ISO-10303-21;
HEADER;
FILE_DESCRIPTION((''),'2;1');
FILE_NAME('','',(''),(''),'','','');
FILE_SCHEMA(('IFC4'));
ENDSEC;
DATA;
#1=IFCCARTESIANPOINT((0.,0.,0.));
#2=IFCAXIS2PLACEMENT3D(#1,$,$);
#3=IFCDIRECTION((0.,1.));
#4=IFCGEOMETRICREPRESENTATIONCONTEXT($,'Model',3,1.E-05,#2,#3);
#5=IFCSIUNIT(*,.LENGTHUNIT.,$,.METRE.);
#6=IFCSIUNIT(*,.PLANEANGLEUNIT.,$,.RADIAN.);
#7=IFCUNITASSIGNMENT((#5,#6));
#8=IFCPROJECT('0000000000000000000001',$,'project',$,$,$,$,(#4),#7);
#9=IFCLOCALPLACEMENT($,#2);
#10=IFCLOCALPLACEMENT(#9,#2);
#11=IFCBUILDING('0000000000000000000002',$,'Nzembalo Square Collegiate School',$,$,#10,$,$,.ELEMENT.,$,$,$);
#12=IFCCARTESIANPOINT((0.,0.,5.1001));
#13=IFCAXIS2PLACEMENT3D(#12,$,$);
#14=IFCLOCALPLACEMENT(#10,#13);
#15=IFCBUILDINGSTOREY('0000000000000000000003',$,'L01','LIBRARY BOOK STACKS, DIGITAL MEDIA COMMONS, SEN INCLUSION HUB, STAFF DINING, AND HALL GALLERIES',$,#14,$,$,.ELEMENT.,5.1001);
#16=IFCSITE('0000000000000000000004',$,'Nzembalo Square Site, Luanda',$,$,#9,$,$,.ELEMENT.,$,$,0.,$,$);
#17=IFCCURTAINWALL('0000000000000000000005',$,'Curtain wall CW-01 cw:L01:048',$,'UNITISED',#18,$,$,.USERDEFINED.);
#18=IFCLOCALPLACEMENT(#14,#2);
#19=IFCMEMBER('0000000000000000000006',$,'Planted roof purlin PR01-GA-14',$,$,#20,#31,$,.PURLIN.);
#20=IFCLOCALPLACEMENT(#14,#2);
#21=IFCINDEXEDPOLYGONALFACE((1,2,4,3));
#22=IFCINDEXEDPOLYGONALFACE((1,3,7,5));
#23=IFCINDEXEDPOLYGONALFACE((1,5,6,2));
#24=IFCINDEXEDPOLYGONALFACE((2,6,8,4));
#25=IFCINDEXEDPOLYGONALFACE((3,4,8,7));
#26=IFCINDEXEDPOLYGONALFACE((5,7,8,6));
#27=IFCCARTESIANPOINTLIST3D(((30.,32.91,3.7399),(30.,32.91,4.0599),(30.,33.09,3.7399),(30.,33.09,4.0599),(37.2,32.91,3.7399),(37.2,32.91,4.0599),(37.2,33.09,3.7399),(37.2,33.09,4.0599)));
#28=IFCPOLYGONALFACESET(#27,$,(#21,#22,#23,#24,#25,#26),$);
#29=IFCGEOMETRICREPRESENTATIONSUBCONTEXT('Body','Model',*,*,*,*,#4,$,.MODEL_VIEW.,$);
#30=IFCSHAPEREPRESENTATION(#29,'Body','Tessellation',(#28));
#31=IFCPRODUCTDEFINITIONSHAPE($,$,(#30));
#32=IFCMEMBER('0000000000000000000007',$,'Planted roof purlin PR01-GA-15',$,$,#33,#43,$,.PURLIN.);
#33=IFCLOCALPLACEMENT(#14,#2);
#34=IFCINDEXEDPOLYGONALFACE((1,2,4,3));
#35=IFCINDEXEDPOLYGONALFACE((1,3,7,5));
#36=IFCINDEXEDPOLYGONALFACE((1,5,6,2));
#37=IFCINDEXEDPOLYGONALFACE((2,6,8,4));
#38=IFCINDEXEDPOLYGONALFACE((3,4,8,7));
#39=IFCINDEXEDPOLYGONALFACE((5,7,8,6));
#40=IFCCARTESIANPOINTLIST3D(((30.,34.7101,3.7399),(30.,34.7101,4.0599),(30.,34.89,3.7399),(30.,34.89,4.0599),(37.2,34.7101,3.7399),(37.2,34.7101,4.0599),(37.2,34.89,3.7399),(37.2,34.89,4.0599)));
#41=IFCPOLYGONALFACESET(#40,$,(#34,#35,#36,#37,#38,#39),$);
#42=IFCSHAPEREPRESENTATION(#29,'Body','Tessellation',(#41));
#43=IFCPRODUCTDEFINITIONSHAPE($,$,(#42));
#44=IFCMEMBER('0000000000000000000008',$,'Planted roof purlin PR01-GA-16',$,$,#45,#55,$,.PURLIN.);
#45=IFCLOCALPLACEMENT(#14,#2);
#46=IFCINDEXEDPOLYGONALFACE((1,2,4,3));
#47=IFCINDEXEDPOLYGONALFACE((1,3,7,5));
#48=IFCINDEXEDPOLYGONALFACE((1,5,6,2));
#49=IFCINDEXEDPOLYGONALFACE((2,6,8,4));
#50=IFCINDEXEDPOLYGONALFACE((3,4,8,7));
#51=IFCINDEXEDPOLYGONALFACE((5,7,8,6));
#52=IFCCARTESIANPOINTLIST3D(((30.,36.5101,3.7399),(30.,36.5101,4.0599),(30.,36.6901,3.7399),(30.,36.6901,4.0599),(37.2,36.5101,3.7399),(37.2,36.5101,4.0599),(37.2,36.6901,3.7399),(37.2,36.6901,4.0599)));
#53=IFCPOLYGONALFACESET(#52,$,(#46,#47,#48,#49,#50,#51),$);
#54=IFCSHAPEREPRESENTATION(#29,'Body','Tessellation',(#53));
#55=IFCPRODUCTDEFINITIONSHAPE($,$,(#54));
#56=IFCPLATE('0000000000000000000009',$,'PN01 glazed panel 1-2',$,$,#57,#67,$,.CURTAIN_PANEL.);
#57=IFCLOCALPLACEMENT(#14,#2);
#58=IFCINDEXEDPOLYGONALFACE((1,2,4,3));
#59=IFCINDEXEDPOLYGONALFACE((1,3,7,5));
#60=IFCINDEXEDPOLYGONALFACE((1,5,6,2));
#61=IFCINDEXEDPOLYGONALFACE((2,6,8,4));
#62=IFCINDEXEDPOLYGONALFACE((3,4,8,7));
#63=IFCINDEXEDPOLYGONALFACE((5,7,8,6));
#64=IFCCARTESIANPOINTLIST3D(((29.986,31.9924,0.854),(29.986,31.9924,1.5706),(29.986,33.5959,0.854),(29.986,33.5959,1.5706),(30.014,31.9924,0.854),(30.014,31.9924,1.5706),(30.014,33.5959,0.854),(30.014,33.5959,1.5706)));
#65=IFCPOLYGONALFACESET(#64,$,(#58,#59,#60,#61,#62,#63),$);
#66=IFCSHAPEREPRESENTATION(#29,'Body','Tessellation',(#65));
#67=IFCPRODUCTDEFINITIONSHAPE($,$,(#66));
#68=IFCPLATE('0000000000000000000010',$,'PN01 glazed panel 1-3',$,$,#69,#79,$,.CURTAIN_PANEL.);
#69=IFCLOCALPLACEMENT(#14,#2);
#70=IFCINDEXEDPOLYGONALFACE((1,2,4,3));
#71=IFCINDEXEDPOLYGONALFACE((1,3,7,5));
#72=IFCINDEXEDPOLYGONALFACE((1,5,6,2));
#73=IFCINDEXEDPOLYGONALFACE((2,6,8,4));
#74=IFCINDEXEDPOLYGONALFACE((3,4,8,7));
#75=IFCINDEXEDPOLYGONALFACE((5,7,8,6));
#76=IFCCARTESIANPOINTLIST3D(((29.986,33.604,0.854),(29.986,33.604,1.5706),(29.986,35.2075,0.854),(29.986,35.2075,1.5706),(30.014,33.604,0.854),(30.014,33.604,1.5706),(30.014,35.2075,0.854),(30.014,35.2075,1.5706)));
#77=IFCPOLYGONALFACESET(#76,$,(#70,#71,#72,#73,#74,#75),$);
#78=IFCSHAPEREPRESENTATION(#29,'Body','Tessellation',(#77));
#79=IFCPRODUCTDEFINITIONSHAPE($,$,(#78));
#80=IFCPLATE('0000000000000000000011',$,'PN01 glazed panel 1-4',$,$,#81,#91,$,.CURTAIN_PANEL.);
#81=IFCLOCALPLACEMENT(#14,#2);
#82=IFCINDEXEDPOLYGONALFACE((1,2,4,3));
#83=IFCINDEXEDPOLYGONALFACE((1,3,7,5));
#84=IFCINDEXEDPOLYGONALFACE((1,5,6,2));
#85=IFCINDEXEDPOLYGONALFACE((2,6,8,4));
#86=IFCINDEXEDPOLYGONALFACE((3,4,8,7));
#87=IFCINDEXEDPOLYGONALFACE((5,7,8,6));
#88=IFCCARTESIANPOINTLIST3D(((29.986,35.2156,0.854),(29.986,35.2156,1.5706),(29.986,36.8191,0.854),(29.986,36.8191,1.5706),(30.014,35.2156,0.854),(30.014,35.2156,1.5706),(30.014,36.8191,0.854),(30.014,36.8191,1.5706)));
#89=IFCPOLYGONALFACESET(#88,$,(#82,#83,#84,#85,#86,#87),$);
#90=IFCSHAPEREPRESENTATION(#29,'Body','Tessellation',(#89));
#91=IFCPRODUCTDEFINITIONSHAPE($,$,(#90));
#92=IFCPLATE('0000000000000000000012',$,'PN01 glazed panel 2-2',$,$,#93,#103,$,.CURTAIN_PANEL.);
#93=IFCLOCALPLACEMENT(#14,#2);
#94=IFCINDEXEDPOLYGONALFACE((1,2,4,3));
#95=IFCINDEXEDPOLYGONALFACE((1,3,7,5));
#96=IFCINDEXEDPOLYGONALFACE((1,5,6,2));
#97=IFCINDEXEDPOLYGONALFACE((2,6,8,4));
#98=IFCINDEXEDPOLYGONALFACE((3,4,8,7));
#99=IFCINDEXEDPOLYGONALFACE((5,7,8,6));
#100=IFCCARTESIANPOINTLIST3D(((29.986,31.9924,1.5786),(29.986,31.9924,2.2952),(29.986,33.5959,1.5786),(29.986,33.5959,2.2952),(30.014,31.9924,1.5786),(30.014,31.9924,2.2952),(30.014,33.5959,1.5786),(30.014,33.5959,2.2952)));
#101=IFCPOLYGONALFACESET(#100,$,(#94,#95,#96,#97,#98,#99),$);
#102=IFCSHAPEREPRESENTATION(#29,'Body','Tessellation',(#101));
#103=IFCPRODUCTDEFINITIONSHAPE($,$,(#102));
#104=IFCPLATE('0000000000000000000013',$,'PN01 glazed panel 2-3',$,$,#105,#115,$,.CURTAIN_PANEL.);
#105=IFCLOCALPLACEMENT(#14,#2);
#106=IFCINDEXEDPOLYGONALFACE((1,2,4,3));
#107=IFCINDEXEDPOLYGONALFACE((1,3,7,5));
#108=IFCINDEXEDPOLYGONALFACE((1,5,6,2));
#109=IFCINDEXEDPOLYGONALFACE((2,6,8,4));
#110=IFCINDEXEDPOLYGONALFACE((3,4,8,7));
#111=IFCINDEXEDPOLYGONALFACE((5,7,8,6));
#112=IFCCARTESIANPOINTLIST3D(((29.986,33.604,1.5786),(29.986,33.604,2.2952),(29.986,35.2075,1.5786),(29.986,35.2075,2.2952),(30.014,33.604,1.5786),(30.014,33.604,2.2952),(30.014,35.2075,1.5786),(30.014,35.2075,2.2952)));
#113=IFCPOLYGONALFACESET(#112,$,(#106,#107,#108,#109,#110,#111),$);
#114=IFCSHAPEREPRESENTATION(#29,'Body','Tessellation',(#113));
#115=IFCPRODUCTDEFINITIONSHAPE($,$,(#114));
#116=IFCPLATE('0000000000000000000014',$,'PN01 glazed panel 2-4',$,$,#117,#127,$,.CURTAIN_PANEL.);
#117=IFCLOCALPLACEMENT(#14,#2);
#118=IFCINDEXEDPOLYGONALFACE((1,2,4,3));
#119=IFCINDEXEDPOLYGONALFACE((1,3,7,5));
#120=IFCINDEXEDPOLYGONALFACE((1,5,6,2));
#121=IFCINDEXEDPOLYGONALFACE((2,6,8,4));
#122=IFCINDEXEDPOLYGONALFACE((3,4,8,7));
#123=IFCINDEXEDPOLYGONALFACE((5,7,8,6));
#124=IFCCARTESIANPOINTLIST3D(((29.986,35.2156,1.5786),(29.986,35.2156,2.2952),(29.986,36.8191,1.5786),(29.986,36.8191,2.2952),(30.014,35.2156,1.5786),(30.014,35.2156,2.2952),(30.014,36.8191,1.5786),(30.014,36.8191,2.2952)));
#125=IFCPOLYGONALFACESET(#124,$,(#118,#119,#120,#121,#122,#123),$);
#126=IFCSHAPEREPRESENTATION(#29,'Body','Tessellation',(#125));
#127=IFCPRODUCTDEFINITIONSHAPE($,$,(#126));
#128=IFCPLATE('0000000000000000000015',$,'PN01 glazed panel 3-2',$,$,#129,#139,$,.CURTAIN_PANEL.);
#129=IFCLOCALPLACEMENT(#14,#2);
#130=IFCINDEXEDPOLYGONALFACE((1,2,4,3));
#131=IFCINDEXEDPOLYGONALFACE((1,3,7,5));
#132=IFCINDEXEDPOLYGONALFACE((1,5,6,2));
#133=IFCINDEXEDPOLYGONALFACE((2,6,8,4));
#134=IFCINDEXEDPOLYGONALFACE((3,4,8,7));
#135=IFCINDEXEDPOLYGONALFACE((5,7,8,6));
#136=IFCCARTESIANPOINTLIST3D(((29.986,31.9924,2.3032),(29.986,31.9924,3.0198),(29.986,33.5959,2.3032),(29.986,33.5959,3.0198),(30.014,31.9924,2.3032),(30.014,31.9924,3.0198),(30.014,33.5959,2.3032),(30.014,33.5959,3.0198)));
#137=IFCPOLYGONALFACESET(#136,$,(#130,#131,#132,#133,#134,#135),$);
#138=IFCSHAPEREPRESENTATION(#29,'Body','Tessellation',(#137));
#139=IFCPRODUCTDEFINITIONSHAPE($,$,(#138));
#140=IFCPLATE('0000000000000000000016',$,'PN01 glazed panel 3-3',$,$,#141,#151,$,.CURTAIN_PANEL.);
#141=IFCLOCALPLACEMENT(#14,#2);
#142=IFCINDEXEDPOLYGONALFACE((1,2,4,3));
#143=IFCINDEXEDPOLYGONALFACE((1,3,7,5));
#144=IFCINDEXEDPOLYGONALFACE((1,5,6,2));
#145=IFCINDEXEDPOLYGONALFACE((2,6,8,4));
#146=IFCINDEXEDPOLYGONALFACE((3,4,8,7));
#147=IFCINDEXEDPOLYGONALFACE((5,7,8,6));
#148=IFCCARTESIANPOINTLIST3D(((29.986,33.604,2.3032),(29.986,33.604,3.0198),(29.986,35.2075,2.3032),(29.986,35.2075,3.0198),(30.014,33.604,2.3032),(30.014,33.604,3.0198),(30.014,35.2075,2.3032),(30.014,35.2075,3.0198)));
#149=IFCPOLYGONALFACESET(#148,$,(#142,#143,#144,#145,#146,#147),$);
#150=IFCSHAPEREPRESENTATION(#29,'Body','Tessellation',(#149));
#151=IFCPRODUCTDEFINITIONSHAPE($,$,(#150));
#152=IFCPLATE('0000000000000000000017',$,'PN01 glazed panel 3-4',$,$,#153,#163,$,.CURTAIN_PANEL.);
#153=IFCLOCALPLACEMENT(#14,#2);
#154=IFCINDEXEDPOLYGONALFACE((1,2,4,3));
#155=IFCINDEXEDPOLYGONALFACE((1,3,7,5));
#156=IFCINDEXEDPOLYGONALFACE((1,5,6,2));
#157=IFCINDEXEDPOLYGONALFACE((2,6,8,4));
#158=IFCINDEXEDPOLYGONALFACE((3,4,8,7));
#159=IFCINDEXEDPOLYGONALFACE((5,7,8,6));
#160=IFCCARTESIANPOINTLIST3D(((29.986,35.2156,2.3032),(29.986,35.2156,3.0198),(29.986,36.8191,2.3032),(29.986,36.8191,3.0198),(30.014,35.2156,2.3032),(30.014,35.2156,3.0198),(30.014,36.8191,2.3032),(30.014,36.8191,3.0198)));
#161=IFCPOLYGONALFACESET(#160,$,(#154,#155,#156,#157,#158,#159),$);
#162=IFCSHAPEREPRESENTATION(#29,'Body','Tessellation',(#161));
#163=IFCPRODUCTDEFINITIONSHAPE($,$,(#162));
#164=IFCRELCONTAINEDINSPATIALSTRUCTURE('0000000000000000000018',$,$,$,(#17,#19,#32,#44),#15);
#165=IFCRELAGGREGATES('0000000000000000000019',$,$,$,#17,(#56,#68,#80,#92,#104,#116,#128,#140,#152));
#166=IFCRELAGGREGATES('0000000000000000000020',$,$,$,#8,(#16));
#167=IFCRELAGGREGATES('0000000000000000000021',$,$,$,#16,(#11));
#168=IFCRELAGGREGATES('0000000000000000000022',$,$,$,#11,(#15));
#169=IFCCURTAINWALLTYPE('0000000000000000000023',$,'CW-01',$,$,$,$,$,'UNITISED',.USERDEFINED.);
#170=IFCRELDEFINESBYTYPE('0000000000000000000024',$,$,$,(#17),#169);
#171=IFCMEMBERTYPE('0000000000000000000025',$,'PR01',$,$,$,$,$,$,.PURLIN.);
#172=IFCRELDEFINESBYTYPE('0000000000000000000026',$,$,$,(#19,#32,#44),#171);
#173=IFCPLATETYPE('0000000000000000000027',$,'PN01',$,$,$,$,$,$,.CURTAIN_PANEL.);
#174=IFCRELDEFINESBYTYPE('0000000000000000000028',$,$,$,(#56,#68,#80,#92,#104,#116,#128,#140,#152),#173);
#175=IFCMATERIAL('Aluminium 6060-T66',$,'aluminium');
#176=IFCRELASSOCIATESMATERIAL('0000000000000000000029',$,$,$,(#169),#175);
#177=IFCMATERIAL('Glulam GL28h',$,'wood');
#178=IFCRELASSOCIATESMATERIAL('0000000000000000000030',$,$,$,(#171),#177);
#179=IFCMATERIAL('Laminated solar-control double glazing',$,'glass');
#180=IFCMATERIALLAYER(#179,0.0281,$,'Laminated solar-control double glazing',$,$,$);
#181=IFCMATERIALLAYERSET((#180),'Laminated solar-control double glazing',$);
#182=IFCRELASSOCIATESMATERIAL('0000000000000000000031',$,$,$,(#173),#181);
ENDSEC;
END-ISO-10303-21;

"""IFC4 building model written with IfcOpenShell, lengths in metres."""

from ifc_helpers import new_model, si_unit, direction, frame, origin, origin_2d, place, context, subcontext, project, spatial, rectangle, extrude, material, layer, layer_set, material_profile, profile_set, type_object, element, aggregate, save


model = new_model("IFC4")

# Units and contexts
model_context = context("Model", 3, precision=1e-05, world=origin(), true_north=direction((0.0, 1.0)))
body_context = subcontext(model_context, "Body", "Model", "MODEL_VIEW")
ifc_project = project(units=[si_unit("LENGTHUNIT", "METRE"), si_unit("PLANEANGLEUNIT", "RADIAN")], contexts=[model_context])

# Site, building, storey
site_placement = place(None, origin())
site = spatial("IfcSite", under=ifc_project, at=site_placement, Name="Nzembalo Square Site, Luanda", CompositionType="ELEMENT", RefElevation=0.0)
building_placement = place(site_placement, origin())
building = spatial("IfcBuilding", under=site, at=building_placement, Name="Nzembalo Square Collegiate School", CompositionType="ELEMENT")
storey_placement = place(building_placement, frame((0.0, 0.0, 5.1001)))
storey = spatial("IfcBuildingStorey", under=building, at=storey_placement, Name="L01", Description="LIBRARY BOOK STACKS, DIGITAL MEDIA COMMONS, SEN INCLUSION HUB, STAFF DINING, AND HALL GALLERIES", CompositionType="ELEMENT", Elevation=5.1001)

# Curtain wall
ifc_material_1 = material(Name="Aluminium 6060-T66", Category="aluminium")
curtain_wall_type = type_object("IfcCurtainWallType", Name="CW-01", ElementType="UNITISED", PredefinedType="USERDEFINED", material=ifc_material_1)
curtain_wall_placement = place(storey_placement, origin())
curtain_wall = element("IfcCurtainWall", 1, at=curtain_wall_placement, inside=storey, type_object=curtain_wall_type, Name="Curtain wall CW-01 cw:L01:048", ObjectType="UNITISED", PredefinedType="USERDEFINED")

# Members
ifc_material_2 = material(Name="Glulam GL28h", Category="wood")
ifc_material_profile_1 = material_profile(ifc_material_2, rectangle(XDim=0.1799, YDim=0.3201, at=origin_2d()), Name="GL28h 180x320")
ifc_profile_set_1 = profile_set([ifc_material_profile_1], Name="Glulam GL28h")
member_type_1 = type_object("IfcMemberType", Name="PR01", PredefinedType="PURLIN", material=ifc_profile_set_1)
for number, where, z_axis, x_axis, name in (
    (2, (30.0, 33.0, 3.8999), (1.0, 0.0, 0.0), (0.0, 1.0, 0.0), "Planted roof purlin PR01-GA-14"),
    (3, (30.0, 34.8, 3.8999), (1.0, 0.0, 0.0), (0.0, 1.0, 0.0), "Planted roof purlin PR01-GA-15"),
    (4, (30.0, 36.6001, 3.8999), (1.0, 0.0, 0.0), (0.0, 1.0, 0.0), "Planted roof purlin PR01-GA-16"),
):
    element("IfcMember", number, at=place(storey_placement, frame(where, z_axis=z_axis, x_axis=x_axis)), inside=storey, type_object=member_type_1, Name=name, PredefinedType="PURLIN", context=body_context, shape_type="SweptSolid", body=[
        extrude(rectangle(XDim=0.1799, YDim=0.3201, at=origin_2d()), origin(), (0.0, 0.0, 1.0), 7.2),
    ])

# Plates
ifc_material_3 = material(Name="Laminated solar-control double glazing", Category="glass")
ifc_layer = layer(ifc_material_3, 0.0281, Name="Laminated solar-control double glazing")
ifc_layer_set = layer_set([ifc_layer], Name="Laminated solar-control double glazing")
plate_type = type_object("IfcPlateType", Name="PN01", PredefinedType="CURTAIN_PANEL", material=ifc_layer_set)
plate_1_placement = place(storey_placement, frame((30.0, 32.7942, 0.854), z_axis=(0.0, 0.0, 1.0), x_axis=(0.0, 1.0, 0.0)))
plate_1 = element("IfcPlate", 5, at=plate_1_placement, type_object=plate_type, Name="PN01 glazed panel 1-2", PredefinedType="CURTAIN_PANEL", context=body_context, shape_type="SweptSolid", body=[
    extrude(rectangle(XDim=1.6035, YDim=0.0281, at=origin_2d()), origin(), (0.0, 0.0, 1.0), 0.7166),
])
plate_2_placement = place(storey_placement, frame((30.0, 34.4058, 0.854), z_axis=(0.0, 0.0, 1.0), x_axis=(0.0, 1.0, 0.0)))
plate_2 = element("IfcPlate", 6, at=plate_2_placement, type_object=plate_type, Name="PN01 glazed panel 1-3", PredefinedType="CURTAIN_PANEL", context=body_context, shape_type="SweptSolid", body=[
    extrude(rectangle(XDim=1.6035, YDim=0.0281, at=origin_2d()), origin(), (0.0, 0.0, 1.0), 0.7166),
])
plate_3_placement = place(storey_placement, frame((30.0, 36.0173, 0.854), z_axis=(0.0, 0.0, 1.0), x_axis=(0.0, 1.0, 0.0)))
plate_3 = element("IfcPlate", 7, at=plate_3_placement, type_object=plate_type, Name="PN01 glazed panel 1-4", PredefinedType="CURTAIN_PANEL", context=body_context, shape_type="SweptSolid", body=[
    extrude(rectangle(XDim=1.6035, YDim=0.0281, at=origin_2d()), origin(), (0.0, 0.0, 1.0), 0.7166),
])
plate_4_placement = place(storey_placement, frame((30.0, 32.7942, 1.5786), z_axis=(0.0, 0.0, 1.0), x_axis=(0.0, 1.0, 0.0)))
plate_4 = element("IfcPlate", 8, at=plate_4_placement, type_object=plate_type, Name="PN01 glazed panel 2-2", PredefinedType="CURTAIN_PANEL", context=body_context, shape_type="SweptSolid", body=[
    extrude(rectangle(XDim=1.6035, YDim=0.0281, at=origin_2d()), origin(), (0.0, 0.0, 1.0), 0.7166),
])
plate_5_placement = place(storey_placement, frame((30.0, 34.4058, 1.5786), z_axis=(0.0, 0.0, 1.0), x_axis=(0.0, 1.0, 0.0)))
plate_5 = element("IfcPlate", 9, at=plate_5_placement, type_object=plate_type, Name="PN01 glazed panel 2-3", PredefinedType="CURTAIN_PANEL", context=body_context, shape_type="SweptSolid", body=[
    extrude(rectangle(XDim=1.6035, YDim=0.0281, at=origin_2d()), origin(), (0.0, 0.0, 1.0), 0.7166),
])
plate_6_placement = place(storey_placement, frame((30.0, 36.0173, 1.5786), z_axis=(0.0, 0.0, 1.0), x_axis=(0.0, 1.0, 0.0)))
plate_6 = element("IfcPlate", 10, at=plate_6_placement, type_object=plate_type, Name="PN01 glazed panel 2-4", PredefinedType="CURTAIN_PANEL", context=body_context, shape_type="SweptSolid", body=[
    extrude(rectangle(XDim=1.6035, YDim=0.0281, at=origin_2d()), origin(), (0.0, 0.0, 1.0), 0.7166),
])
plate_7_placement = place(storey_placement, frame((30.0, 32.7942, 2.3032), z_axis=(0.0, 0.0, 1.0), x_axis=(0.0, 1.0, 0.0)))
plate_7 = element("IfcPlate", 11, at=plate_7_placement, type_object=plate_type, Name="PN01 glazed panel 3-2", PredefinedType="CURTAIN_PANEL", context=body_context, shape_type="SweptSolid", body=[
    extrude(rectangle(XDim=1.6035, YDim=0.0281, at=origin_2d()), origin(), (0.0, 0.0, 1.0), 0.7166),
])
plate_8_placement = place(storey_placement, frame((30.0, 34.4058, 2.3032), z_axis=(0.0, 0.0, 1.0), x_axis=(0.0, 1.0, 0.0)))
plate_8 = element("IfcPlate", 12, at=plate_8_placement, type_object=plate_type, Name="PN01 glazed panel 3-3", PredefinedType="CURTAIN_PANEL", context=body_context, shape_type="SweptSolid", body=[
    extrude(rectangle(XDim=1.6035, YDim=0.0281, at=origin_2d()), origin(), (0.0, 0.0, 1.0), 0.7166),
])
plate_9_placement = place(storey_placement, frame((30.0, 36.0173, 2.3032), z_axis=(0.0, 0.0, 1.0), x_axis=(0.0, 1.0, 0.0)))
plate_9 = element("IfcPlate", 13, at=plate_9_placement, type_object=plate_type, Name="PN01 glazed panel 3-4", PredefinedType="CURTAIN_PANEL", context=body_context, shape_type="SweptSolid", body=[
    extrude(rectangle(XDim=1.6035, YDim=0.0281, at=origin_2d()), origin(), (0.0, 0.0, 1.0), 0.7166),
])
aggregate(curtain_wall, [plate_1, plate_2, plate_3, plate_4, plate_5, plate_6, plate_7, plate_8, plate_9])

save(model, "model.ifc")
